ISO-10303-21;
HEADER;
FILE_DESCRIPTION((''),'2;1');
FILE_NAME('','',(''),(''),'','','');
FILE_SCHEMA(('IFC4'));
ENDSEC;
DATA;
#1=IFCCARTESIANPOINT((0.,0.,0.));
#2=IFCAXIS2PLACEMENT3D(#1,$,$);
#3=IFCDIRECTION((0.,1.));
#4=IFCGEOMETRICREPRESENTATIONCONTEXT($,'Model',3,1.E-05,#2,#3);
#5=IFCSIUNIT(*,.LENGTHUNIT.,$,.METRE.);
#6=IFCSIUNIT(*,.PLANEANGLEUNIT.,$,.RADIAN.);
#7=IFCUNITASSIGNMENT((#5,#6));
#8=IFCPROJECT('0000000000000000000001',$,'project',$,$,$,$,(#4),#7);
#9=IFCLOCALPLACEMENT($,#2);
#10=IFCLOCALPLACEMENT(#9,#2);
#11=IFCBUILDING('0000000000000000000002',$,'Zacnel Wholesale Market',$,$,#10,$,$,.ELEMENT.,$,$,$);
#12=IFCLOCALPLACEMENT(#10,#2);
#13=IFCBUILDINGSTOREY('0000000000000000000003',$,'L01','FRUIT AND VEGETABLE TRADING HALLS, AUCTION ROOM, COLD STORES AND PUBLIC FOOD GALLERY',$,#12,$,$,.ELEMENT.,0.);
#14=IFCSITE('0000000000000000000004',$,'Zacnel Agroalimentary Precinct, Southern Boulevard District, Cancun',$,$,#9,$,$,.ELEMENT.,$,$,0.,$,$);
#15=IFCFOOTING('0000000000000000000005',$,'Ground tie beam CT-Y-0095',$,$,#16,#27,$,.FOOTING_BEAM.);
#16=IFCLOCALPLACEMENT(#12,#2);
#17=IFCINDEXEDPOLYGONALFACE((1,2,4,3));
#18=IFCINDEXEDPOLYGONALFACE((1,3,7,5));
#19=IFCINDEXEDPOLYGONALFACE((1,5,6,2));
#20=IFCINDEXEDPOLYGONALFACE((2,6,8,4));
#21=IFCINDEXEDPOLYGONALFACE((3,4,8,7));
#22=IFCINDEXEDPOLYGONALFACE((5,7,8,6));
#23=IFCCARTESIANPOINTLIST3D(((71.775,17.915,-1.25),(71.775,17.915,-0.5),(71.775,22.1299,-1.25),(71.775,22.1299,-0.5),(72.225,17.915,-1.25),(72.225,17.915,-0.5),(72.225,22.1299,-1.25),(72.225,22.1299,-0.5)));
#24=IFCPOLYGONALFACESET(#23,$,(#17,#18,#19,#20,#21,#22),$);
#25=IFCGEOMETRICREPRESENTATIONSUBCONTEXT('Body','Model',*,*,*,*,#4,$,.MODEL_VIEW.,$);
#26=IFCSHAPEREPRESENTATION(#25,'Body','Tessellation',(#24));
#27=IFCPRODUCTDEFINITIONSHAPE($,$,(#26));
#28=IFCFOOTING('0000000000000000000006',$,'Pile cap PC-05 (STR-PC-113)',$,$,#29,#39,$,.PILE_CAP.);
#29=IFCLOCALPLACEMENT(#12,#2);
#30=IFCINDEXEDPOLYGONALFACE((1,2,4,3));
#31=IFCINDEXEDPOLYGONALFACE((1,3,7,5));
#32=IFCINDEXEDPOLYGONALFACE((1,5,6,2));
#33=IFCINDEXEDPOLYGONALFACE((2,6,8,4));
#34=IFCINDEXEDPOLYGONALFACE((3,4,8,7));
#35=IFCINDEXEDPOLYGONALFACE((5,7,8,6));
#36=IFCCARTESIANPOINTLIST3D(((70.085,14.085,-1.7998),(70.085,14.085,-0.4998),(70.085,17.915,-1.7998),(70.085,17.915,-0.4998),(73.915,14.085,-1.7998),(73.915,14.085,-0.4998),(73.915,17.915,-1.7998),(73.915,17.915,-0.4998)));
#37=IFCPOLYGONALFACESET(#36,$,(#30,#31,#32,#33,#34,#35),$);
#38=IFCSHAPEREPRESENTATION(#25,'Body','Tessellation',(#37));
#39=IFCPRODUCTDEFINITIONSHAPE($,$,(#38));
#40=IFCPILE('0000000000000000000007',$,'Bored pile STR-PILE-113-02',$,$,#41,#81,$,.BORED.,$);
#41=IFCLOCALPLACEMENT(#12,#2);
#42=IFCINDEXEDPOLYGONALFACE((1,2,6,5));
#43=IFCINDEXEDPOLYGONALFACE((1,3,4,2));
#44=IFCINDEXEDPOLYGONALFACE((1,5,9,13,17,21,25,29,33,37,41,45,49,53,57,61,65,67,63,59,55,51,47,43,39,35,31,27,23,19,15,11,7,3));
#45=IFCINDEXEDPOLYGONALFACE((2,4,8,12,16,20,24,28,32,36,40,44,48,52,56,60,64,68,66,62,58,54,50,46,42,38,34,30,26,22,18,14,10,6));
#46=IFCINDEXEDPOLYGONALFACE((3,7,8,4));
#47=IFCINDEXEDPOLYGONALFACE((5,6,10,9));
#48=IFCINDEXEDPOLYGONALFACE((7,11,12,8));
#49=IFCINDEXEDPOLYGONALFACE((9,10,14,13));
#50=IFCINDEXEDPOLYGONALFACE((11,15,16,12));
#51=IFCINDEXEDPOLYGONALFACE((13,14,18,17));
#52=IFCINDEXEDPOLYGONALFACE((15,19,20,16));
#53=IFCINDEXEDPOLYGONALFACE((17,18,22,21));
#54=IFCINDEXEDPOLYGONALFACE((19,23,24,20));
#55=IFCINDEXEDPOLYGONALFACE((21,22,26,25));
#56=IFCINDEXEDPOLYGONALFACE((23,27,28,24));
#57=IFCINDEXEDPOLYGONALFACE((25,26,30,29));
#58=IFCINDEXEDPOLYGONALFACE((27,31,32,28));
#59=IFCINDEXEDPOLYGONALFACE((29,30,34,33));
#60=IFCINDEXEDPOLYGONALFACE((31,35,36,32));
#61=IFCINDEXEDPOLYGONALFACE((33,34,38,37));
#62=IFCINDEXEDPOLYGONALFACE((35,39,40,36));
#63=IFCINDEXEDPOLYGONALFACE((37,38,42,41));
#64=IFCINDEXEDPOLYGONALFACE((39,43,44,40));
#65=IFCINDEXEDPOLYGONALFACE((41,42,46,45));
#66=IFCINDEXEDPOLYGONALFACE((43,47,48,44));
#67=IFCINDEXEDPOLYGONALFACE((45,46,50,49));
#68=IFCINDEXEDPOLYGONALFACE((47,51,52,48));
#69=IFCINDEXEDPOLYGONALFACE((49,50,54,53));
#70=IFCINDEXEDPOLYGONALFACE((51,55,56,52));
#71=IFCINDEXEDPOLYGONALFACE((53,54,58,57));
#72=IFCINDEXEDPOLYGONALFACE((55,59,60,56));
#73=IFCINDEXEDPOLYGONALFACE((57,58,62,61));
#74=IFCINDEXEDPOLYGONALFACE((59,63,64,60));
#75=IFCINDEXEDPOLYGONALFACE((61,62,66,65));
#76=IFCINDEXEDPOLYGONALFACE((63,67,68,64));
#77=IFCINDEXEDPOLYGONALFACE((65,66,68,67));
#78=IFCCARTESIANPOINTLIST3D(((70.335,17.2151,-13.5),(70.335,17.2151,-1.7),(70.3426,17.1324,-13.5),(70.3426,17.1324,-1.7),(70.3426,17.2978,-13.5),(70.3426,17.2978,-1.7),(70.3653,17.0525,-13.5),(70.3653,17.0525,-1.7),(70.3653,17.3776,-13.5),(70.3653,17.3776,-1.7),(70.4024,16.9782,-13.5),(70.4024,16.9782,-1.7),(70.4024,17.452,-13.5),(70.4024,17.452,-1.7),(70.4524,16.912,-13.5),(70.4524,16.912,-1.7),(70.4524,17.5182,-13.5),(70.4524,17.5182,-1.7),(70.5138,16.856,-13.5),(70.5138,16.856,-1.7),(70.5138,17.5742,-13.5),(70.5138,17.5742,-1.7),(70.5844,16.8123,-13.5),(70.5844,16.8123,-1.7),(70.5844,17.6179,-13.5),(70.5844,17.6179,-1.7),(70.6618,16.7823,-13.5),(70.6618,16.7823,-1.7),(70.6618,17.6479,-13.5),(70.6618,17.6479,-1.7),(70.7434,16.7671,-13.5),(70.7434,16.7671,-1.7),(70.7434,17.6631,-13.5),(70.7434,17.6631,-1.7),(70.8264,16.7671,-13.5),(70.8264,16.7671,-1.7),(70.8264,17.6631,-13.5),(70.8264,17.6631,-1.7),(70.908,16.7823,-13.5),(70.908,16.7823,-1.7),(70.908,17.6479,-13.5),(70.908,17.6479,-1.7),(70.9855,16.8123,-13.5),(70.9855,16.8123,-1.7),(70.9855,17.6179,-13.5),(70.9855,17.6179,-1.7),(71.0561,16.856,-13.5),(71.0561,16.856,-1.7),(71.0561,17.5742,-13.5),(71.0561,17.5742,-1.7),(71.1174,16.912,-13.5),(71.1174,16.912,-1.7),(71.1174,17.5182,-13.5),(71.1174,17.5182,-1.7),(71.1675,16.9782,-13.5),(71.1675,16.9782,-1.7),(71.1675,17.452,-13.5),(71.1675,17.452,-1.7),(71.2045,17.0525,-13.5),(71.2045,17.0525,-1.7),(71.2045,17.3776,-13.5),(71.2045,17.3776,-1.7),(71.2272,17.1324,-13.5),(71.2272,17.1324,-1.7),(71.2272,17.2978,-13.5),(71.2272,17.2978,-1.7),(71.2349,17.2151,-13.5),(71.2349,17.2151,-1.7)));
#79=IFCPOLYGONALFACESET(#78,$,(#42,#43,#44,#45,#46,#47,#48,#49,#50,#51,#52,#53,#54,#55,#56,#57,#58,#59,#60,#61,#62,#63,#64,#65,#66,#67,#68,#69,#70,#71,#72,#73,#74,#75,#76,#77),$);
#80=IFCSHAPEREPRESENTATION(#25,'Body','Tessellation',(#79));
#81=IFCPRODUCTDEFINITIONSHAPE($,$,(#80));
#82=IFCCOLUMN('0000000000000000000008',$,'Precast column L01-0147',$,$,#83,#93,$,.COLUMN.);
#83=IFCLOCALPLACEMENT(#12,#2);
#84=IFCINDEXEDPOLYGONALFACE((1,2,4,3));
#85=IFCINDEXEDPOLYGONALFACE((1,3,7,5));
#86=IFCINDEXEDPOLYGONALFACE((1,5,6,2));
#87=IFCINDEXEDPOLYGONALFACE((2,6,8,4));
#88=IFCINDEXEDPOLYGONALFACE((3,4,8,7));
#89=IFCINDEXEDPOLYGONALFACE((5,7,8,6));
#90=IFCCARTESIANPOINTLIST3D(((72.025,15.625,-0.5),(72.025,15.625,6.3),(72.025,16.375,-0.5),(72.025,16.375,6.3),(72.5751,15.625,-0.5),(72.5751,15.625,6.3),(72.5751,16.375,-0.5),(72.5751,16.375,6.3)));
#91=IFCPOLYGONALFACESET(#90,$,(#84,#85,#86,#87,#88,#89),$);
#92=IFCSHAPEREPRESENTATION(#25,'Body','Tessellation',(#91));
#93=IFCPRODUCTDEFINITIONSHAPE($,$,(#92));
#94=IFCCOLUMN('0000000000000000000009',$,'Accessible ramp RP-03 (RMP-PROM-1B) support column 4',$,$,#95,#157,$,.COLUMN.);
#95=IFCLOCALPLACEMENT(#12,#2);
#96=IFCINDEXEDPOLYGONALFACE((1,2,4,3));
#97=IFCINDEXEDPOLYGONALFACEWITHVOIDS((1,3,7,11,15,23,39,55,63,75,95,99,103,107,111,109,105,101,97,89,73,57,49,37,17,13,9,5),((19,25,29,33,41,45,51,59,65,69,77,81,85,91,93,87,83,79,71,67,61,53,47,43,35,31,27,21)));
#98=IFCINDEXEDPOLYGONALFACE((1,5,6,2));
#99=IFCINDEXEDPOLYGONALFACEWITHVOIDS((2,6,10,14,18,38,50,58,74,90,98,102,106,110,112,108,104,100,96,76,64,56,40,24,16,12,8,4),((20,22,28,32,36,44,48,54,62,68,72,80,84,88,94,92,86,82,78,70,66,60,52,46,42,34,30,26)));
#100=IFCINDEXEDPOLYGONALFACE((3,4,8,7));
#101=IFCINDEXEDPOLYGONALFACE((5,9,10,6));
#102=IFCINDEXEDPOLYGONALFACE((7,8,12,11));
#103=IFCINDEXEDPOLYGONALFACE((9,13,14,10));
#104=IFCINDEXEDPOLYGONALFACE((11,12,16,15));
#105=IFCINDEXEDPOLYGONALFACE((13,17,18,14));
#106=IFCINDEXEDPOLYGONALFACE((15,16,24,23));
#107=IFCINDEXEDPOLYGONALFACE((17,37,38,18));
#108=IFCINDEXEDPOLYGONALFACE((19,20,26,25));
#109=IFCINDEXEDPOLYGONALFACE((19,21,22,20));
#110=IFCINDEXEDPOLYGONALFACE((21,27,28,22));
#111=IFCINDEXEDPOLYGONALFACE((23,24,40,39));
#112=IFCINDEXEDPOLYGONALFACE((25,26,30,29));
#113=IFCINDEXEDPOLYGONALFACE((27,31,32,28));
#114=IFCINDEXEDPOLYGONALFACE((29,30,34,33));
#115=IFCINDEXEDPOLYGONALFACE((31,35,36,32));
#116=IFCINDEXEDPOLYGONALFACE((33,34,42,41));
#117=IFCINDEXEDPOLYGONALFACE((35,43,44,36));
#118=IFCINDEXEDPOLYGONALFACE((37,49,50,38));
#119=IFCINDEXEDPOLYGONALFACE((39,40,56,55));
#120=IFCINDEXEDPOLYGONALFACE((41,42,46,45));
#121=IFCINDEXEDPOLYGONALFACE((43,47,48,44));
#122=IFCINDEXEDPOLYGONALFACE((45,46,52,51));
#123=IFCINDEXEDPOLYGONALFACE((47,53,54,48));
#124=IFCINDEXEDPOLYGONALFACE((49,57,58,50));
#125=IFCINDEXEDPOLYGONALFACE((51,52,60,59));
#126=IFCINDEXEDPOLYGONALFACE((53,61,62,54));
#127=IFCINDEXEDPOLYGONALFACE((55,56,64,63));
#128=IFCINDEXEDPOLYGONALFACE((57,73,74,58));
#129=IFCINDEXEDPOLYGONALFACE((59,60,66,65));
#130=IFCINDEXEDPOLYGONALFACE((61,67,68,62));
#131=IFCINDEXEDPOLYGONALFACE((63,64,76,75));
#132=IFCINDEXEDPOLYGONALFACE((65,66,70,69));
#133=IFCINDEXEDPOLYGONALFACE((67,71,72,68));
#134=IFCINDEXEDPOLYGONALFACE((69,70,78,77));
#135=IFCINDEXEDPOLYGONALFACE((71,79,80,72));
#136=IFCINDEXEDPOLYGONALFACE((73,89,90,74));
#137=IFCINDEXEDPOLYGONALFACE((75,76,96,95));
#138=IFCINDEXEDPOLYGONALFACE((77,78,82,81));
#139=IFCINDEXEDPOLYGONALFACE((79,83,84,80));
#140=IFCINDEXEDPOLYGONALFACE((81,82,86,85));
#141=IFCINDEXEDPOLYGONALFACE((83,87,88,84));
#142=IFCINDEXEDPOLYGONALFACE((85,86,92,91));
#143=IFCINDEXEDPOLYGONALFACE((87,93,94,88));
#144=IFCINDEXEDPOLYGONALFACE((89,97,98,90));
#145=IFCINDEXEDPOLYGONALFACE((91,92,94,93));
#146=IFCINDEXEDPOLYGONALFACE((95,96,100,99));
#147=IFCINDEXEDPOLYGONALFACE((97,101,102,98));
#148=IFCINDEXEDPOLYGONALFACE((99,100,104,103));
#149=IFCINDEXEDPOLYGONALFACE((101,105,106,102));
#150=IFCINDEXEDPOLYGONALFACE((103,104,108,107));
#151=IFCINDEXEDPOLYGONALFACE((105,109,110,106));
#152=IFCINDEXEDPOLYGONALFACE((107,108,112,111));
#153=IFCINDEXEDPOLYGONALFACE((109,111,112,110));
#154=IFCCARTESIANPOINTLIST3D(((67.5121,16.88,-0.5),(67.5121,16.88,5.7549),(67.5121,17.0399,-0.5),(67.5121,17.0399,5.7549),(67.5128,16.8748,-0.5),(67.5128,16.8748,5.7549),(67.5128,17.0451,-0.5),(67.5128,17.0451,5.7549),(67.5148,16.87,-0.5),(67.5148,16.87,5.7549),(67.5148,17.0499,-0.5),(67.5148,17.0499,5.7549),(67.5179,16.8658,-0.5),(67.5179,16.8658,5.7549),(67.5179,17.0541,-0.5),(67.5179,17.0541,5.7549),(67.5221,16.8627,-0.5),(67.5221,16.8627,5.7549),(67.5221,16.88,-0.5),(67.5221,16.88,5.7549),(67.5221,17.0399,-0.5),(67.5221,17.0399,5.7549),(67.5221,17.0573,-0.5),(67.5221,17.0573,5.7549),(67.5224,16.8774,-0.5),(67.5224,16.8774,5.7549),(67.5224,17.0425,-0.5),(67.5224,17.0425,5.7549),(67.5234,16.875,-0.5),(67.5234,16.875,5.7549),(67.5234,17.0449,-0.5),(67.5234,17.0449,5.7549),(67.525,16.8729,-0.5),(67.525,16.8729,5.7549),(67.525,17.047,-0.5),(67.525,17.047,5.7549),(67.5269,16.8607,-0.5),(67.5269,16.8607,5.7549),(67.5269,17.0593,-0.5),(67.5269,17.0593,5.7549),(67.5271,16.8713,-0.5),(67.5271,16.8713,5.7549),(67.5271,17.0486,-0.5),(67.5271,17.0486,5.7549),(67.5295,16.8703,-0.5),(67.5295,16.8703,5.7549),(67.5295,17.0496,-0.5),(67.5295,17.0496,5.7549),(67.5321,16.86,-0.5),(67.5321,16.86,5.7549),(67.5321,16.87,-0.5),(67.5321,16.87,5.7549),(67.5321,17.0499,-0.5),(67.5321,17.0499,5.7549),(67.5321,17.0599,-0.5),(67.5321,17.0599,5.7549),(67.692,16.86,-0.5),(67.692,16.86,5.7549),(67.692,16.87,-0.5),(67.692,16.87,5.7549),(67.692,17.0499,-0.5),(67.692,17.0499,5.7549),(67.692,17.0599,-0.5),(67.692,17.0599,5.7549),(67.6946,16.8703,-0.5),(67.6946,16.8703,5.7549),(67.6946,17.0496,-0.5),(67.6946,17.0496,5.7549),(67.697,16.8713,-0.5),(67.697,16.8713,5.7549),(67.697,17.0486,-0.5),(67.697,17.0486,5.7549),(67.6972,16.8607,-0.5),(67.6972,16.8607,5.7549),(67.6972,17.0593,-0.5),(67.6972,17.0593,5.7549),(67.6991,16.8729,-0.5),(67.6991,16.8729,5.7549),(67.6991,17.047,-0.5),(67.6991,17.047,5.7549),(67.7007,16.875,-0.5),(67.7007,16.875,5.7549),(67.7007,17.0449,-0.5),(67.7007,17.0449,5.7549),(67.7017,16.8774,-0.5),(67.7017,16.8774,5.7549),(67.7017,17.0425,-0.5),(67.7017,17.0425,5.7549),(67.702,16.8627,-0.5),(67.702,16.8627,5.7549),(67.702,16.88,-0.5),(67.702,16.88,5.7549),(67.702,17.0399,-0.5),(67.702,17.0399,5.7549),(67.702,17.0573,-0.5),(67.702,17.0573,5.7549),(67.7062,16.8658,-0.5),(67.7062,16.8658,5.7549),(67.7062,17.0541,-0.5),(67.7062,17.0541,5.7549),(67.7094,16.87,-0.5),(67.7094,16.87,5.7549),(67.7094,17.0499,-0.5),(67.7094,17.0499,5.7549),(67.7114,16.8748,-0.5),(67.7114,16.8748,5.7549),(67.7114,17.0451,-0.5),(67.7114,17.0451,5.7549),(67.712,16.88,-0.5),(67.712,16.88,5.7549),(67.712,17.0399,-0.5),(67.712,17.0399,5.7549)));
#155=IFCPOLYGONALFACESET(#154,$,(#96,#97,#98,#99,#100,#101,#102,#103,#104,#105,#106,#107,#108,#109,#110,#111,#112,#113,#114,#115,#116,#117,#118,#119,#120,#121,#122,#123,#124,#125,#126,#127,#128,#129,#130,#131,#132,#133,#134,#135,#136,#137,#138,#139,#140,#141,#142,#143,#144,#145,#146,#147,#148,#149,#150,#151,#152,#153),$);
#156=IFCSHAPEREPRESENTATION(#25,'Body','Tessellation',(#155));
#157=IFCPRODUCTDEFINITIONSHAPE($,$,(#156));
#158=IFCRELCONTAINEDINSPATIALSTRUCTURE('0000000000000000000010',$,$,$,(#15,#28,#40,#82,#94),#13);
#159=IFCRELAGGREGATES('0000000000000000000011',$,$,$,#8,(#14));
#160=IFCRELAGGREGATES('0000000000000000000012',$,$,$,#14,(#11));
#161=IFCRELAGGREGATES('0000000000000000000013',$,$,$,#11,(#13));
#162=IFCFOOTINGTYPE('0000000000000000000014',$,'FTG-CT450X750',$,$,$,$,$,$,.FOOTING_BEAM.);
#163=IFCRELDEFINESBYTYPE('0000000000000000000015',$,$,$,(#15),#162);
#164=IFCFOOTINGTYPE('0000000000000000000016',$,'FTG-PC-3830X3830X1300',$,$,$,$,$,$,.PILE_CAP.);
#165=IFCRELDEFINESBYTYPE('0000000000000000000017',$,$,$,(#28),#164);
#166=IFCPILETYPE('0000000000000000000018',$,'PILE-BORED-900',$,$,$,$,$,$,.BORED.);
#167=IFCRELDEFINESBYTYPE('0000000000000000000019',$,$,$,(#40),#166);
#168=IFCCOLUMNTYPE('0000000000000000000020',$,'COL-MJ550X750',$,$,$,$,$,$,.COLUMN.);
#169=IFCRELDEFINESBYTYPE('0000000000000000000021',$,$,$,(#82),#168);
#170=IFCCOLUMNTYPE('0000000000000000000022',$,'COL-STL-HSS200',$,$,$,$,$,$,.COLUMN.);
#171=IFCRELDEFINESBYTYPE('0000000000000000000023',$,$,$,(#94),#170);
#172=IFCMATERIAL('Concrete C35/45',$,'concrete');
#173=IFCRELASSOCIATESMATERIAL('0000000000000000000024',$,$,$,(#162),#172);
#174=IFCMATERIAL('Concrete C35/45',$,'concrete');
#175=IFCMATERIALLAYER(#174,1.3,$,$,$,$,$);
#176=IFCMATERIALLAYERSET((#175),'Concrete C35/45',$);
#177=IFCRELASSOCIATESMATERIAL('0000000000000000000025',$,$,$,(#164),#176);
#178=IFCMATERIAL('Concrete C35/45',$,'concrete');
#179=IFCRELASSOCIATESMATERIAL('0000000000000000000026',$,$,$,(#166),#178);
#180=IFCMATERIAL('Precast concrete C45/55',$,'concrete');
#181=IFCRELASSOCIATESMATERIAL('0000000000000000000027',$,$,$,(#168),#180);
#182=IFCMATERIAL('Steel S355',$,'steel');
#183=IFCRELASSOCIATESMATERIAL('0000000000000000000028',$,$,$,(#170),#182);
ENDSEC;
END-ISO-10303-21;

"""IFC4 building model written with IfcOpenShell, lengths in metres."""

from ifc_helpers import new_model, si_unit, direction, frame, origin, origin_2d, place, context, subcontext, project, spatial, rectangle, hollow_rectangle, circle, extrude, material, layer, layer_set, material_profile, profile_set, type_object, element, save


model = new_model("IFC4")

# Units and contexts
model_context = context("Model", 3, precision=1e-05, world=origin(), true_north=direction((0.0, 1.0)))
body_context = subcontext(model_context, "Body", "Model", "MODEL_VIEW")
ifc_project = project(units=[si_unit("LENGTHUNIT", "METRE"), si_unit("PLANEANGLEUNIT", "RADIAN")], contexts=[model_context])

# Site, building, storey
site_placement = place(None, origin())
site = spatial("IfcSite", under=ifc_project, at=site_placement, Name="Zacnel Agroalimentary Precinct, Southern Boulevard District, Cancun", CompositionType="ELEMENT", RefElevation=0.0)
building_placement = place(site_placement, origin())
building = spatial("IfcBuilding", under=site, at=building_placement, Name="Zacnel Wholesale Market", CompositionType="ELEMENT")
storey_placement = place(building_placement, origin())
storey = spatial("IfcBuildingStorey", under=building, at=storey_placement, Name="L01", Description="FRUIT AND VEGETABLE TRADING HALLS, AUCTION ROOM, COLD STORES AND PUBLIC FOOD GALLERY", CompositionType="ELEMENT", Elevation=0.0)

# Footings
ifc_material_1 = material(Name="Concrete C35/45", Category="concrete")
ifc_material_profile_1 = material_profile(ifc_material_1, rectangle(XDim=0.45, YDim=0.75, at=origin_2d()), Name="CT 450x750")
ifc_profile_set_1 = profile_set([ifc_material_profile_1], Name="Concrete C35/45")
footing_type_1 = type_object("IfcFootingType", Name="FTG-CT450X750", PredefinedType="FOOTING_BEAM", material=ifc_profile_set_1)
footing_1_placement = place(storey_placement, frame((72.0, 17.915, -0.875), z_axis=(0.0, 1.0, 0.0), x_axis=(-1.0, 0.0, 0.0)))
element("IfcFooting", 1, at=footing_1_placement, inside=storey, type_object=footing_type_1, Name="Ground tie beam CT-Y-0095", PredefinedType="FOOTING_BEAM", context=body_context, shape_type="SweptSolid", body=[
    extrude(rectangle(XDim=0.45, YDim=0.75, at=origin_2d()), origin(), (0.0, 0.0, 1.0), 4.2148),
])
ifc_material_2 = material(Name="Concrete C35/45", Category="concrete")
ifc_layer_1 = layer(ifc_material_2, 1.3)
ifc_layer_set_1 = layer_set([ifc_layer_1], Name="Concrete C35/45")
footing_type_2 = type_object("IfcFootingType", Name="FTG-PC-3830X3830X1300", PredefinedType="PILE_CAP", material=ifc_layer_set_1)
footing_2_placement = place(storey_placement, frame((72.0, 16.0, -1.7998), z_axis=(0.0, 0.0, 1.0), x_axis=(1.0, 0.0, 0.0)))
element("IfcFooting", 2, at=footing_2_placement, inside=storey, type_object=footing_type_2, Name="Pile cap PC-05 (STR-PC-113)", PredefinedType="PILE_CAP", context=body_context, shape_type="SweptSolid", body=[
    extrude(rectangle(XDim=3.8301, YDim=3.8301, at=origin_2d()), origin(), (0.0, 0.0, 1.0), 1.3),
])

# Pile
ifc_material_3 = material(Name="Concrete C35/45", Category="concrete")
ifc_material_profile_2 = material_profile(ifc_material_3, circle(Radius=0.45, at=origin_2d()), Name="BORED PILE D900")
ifc_profile_set_2 = profile_set([ifc_material_profile_2], Name="Concrete C35/45")
pile_type = type_object("IfcPileType", Name="PILE-BORED-900", PredefinedType="BORED", material=ifc_profile_set_2)
pile_placement = place(storey_placement, frame((70.7849, 17.2151, -1.7), z_axis=(0.0, 0.0, -1.0), x_axis=(1.0, 0.0, 0.0)))
element("IfcPile", 3, at=pile_placement, inside=storey, type_object=pile_type, Name="Bored pile STR-PILE-113-02", PredefinedType="BORED", context=body_context, shape_type="SweptSolid", body=[
    extrude(circle(Radius=0.45, at=origin_2d()), origin(), (0.0, 0.0, 1.0), 11.8),
])

# Columns
ifc_material_4 = material(Name="Precast concrete C45/55", Category="concrete")
ifc_material_profile_3 = material_profile(ifc_material_4, rectangle(XDim=0.55, YDim=0.75, at=origin_2d()), Name="PC 550x750")
ifc_profile_set_3 = profile_set([ifc_material_profile_3], Name="Precast concrete C45/55")
column_type_1 = type_object("IfcColumnType", Name="COL-MJ550X750", PredefinedType="COLUMN", material=ifc_profile_set_3)
column_1_placement = place(storey_placement, frame((72.3, 16.0, -0.5), z_axis=(0.0, 0.0, 1.0), x_axis=(1.0, 0.0, 0.0)))
element("IfcColumn", 4, at=column_1_placement, inside=storey, type_object=column_type_1, Name="Precast column L01-0147", PredefinedType="COLUMN", context=body_context, shape_type="SweptSolid", body=[
    extrude(rectangle(XDim=0.55, YDim=0.75, at=origin_2d()), origin(), (0.0, 0.0, 1.0), 6.8),
])
ifc_material_5 = material(Name="Steel S355", Category="steel")
ifc_material_profile_4 = material_profile(ifc_material_5, hollow_rectangle(XDim=0.2, YDim=0.2, WallThickness=0.01, InnerFilletRadius=0.01, OuterFilletRadius=0.02, at=origin_2d()), Name="HSS 200x200x10")
ifc_profile_set_4 = profile_set([ifc_material_profile_4], Name="Steel S355")
column_type_2 = type_object("IfcColumnType", Name="COL-STL-HSS200", PredefinedType="COLUMN", material=ifc_profile_set_4)
column_2_placement = place(storey_placement, frame((67.6121, 16.96, -0.5), z_axis=(0.0, 0.0, 1.0), x_axis=(1.0, 0.0, 0.0)))
element("IfcColumn", 5, at=column_2_placement, inside=storey, type_object=column_type_2, Name="Accessible ramp RP-03 (RMP-PROM-1B) support column 4", PredefinedType="COLUMN", context=body_context, shape_type="SweptSolid", body=[
    extrude(hollow_rectangle(XDim=0.2, YDim=0.2, WallThickness=0.01, InnerFilletRadius=0.01, OuterFilletRadius=0.02, at=origin_2d()), origin(), (0.0, 0.0, 1.0), 6.2549),
])

save(model, "model.ifc")
